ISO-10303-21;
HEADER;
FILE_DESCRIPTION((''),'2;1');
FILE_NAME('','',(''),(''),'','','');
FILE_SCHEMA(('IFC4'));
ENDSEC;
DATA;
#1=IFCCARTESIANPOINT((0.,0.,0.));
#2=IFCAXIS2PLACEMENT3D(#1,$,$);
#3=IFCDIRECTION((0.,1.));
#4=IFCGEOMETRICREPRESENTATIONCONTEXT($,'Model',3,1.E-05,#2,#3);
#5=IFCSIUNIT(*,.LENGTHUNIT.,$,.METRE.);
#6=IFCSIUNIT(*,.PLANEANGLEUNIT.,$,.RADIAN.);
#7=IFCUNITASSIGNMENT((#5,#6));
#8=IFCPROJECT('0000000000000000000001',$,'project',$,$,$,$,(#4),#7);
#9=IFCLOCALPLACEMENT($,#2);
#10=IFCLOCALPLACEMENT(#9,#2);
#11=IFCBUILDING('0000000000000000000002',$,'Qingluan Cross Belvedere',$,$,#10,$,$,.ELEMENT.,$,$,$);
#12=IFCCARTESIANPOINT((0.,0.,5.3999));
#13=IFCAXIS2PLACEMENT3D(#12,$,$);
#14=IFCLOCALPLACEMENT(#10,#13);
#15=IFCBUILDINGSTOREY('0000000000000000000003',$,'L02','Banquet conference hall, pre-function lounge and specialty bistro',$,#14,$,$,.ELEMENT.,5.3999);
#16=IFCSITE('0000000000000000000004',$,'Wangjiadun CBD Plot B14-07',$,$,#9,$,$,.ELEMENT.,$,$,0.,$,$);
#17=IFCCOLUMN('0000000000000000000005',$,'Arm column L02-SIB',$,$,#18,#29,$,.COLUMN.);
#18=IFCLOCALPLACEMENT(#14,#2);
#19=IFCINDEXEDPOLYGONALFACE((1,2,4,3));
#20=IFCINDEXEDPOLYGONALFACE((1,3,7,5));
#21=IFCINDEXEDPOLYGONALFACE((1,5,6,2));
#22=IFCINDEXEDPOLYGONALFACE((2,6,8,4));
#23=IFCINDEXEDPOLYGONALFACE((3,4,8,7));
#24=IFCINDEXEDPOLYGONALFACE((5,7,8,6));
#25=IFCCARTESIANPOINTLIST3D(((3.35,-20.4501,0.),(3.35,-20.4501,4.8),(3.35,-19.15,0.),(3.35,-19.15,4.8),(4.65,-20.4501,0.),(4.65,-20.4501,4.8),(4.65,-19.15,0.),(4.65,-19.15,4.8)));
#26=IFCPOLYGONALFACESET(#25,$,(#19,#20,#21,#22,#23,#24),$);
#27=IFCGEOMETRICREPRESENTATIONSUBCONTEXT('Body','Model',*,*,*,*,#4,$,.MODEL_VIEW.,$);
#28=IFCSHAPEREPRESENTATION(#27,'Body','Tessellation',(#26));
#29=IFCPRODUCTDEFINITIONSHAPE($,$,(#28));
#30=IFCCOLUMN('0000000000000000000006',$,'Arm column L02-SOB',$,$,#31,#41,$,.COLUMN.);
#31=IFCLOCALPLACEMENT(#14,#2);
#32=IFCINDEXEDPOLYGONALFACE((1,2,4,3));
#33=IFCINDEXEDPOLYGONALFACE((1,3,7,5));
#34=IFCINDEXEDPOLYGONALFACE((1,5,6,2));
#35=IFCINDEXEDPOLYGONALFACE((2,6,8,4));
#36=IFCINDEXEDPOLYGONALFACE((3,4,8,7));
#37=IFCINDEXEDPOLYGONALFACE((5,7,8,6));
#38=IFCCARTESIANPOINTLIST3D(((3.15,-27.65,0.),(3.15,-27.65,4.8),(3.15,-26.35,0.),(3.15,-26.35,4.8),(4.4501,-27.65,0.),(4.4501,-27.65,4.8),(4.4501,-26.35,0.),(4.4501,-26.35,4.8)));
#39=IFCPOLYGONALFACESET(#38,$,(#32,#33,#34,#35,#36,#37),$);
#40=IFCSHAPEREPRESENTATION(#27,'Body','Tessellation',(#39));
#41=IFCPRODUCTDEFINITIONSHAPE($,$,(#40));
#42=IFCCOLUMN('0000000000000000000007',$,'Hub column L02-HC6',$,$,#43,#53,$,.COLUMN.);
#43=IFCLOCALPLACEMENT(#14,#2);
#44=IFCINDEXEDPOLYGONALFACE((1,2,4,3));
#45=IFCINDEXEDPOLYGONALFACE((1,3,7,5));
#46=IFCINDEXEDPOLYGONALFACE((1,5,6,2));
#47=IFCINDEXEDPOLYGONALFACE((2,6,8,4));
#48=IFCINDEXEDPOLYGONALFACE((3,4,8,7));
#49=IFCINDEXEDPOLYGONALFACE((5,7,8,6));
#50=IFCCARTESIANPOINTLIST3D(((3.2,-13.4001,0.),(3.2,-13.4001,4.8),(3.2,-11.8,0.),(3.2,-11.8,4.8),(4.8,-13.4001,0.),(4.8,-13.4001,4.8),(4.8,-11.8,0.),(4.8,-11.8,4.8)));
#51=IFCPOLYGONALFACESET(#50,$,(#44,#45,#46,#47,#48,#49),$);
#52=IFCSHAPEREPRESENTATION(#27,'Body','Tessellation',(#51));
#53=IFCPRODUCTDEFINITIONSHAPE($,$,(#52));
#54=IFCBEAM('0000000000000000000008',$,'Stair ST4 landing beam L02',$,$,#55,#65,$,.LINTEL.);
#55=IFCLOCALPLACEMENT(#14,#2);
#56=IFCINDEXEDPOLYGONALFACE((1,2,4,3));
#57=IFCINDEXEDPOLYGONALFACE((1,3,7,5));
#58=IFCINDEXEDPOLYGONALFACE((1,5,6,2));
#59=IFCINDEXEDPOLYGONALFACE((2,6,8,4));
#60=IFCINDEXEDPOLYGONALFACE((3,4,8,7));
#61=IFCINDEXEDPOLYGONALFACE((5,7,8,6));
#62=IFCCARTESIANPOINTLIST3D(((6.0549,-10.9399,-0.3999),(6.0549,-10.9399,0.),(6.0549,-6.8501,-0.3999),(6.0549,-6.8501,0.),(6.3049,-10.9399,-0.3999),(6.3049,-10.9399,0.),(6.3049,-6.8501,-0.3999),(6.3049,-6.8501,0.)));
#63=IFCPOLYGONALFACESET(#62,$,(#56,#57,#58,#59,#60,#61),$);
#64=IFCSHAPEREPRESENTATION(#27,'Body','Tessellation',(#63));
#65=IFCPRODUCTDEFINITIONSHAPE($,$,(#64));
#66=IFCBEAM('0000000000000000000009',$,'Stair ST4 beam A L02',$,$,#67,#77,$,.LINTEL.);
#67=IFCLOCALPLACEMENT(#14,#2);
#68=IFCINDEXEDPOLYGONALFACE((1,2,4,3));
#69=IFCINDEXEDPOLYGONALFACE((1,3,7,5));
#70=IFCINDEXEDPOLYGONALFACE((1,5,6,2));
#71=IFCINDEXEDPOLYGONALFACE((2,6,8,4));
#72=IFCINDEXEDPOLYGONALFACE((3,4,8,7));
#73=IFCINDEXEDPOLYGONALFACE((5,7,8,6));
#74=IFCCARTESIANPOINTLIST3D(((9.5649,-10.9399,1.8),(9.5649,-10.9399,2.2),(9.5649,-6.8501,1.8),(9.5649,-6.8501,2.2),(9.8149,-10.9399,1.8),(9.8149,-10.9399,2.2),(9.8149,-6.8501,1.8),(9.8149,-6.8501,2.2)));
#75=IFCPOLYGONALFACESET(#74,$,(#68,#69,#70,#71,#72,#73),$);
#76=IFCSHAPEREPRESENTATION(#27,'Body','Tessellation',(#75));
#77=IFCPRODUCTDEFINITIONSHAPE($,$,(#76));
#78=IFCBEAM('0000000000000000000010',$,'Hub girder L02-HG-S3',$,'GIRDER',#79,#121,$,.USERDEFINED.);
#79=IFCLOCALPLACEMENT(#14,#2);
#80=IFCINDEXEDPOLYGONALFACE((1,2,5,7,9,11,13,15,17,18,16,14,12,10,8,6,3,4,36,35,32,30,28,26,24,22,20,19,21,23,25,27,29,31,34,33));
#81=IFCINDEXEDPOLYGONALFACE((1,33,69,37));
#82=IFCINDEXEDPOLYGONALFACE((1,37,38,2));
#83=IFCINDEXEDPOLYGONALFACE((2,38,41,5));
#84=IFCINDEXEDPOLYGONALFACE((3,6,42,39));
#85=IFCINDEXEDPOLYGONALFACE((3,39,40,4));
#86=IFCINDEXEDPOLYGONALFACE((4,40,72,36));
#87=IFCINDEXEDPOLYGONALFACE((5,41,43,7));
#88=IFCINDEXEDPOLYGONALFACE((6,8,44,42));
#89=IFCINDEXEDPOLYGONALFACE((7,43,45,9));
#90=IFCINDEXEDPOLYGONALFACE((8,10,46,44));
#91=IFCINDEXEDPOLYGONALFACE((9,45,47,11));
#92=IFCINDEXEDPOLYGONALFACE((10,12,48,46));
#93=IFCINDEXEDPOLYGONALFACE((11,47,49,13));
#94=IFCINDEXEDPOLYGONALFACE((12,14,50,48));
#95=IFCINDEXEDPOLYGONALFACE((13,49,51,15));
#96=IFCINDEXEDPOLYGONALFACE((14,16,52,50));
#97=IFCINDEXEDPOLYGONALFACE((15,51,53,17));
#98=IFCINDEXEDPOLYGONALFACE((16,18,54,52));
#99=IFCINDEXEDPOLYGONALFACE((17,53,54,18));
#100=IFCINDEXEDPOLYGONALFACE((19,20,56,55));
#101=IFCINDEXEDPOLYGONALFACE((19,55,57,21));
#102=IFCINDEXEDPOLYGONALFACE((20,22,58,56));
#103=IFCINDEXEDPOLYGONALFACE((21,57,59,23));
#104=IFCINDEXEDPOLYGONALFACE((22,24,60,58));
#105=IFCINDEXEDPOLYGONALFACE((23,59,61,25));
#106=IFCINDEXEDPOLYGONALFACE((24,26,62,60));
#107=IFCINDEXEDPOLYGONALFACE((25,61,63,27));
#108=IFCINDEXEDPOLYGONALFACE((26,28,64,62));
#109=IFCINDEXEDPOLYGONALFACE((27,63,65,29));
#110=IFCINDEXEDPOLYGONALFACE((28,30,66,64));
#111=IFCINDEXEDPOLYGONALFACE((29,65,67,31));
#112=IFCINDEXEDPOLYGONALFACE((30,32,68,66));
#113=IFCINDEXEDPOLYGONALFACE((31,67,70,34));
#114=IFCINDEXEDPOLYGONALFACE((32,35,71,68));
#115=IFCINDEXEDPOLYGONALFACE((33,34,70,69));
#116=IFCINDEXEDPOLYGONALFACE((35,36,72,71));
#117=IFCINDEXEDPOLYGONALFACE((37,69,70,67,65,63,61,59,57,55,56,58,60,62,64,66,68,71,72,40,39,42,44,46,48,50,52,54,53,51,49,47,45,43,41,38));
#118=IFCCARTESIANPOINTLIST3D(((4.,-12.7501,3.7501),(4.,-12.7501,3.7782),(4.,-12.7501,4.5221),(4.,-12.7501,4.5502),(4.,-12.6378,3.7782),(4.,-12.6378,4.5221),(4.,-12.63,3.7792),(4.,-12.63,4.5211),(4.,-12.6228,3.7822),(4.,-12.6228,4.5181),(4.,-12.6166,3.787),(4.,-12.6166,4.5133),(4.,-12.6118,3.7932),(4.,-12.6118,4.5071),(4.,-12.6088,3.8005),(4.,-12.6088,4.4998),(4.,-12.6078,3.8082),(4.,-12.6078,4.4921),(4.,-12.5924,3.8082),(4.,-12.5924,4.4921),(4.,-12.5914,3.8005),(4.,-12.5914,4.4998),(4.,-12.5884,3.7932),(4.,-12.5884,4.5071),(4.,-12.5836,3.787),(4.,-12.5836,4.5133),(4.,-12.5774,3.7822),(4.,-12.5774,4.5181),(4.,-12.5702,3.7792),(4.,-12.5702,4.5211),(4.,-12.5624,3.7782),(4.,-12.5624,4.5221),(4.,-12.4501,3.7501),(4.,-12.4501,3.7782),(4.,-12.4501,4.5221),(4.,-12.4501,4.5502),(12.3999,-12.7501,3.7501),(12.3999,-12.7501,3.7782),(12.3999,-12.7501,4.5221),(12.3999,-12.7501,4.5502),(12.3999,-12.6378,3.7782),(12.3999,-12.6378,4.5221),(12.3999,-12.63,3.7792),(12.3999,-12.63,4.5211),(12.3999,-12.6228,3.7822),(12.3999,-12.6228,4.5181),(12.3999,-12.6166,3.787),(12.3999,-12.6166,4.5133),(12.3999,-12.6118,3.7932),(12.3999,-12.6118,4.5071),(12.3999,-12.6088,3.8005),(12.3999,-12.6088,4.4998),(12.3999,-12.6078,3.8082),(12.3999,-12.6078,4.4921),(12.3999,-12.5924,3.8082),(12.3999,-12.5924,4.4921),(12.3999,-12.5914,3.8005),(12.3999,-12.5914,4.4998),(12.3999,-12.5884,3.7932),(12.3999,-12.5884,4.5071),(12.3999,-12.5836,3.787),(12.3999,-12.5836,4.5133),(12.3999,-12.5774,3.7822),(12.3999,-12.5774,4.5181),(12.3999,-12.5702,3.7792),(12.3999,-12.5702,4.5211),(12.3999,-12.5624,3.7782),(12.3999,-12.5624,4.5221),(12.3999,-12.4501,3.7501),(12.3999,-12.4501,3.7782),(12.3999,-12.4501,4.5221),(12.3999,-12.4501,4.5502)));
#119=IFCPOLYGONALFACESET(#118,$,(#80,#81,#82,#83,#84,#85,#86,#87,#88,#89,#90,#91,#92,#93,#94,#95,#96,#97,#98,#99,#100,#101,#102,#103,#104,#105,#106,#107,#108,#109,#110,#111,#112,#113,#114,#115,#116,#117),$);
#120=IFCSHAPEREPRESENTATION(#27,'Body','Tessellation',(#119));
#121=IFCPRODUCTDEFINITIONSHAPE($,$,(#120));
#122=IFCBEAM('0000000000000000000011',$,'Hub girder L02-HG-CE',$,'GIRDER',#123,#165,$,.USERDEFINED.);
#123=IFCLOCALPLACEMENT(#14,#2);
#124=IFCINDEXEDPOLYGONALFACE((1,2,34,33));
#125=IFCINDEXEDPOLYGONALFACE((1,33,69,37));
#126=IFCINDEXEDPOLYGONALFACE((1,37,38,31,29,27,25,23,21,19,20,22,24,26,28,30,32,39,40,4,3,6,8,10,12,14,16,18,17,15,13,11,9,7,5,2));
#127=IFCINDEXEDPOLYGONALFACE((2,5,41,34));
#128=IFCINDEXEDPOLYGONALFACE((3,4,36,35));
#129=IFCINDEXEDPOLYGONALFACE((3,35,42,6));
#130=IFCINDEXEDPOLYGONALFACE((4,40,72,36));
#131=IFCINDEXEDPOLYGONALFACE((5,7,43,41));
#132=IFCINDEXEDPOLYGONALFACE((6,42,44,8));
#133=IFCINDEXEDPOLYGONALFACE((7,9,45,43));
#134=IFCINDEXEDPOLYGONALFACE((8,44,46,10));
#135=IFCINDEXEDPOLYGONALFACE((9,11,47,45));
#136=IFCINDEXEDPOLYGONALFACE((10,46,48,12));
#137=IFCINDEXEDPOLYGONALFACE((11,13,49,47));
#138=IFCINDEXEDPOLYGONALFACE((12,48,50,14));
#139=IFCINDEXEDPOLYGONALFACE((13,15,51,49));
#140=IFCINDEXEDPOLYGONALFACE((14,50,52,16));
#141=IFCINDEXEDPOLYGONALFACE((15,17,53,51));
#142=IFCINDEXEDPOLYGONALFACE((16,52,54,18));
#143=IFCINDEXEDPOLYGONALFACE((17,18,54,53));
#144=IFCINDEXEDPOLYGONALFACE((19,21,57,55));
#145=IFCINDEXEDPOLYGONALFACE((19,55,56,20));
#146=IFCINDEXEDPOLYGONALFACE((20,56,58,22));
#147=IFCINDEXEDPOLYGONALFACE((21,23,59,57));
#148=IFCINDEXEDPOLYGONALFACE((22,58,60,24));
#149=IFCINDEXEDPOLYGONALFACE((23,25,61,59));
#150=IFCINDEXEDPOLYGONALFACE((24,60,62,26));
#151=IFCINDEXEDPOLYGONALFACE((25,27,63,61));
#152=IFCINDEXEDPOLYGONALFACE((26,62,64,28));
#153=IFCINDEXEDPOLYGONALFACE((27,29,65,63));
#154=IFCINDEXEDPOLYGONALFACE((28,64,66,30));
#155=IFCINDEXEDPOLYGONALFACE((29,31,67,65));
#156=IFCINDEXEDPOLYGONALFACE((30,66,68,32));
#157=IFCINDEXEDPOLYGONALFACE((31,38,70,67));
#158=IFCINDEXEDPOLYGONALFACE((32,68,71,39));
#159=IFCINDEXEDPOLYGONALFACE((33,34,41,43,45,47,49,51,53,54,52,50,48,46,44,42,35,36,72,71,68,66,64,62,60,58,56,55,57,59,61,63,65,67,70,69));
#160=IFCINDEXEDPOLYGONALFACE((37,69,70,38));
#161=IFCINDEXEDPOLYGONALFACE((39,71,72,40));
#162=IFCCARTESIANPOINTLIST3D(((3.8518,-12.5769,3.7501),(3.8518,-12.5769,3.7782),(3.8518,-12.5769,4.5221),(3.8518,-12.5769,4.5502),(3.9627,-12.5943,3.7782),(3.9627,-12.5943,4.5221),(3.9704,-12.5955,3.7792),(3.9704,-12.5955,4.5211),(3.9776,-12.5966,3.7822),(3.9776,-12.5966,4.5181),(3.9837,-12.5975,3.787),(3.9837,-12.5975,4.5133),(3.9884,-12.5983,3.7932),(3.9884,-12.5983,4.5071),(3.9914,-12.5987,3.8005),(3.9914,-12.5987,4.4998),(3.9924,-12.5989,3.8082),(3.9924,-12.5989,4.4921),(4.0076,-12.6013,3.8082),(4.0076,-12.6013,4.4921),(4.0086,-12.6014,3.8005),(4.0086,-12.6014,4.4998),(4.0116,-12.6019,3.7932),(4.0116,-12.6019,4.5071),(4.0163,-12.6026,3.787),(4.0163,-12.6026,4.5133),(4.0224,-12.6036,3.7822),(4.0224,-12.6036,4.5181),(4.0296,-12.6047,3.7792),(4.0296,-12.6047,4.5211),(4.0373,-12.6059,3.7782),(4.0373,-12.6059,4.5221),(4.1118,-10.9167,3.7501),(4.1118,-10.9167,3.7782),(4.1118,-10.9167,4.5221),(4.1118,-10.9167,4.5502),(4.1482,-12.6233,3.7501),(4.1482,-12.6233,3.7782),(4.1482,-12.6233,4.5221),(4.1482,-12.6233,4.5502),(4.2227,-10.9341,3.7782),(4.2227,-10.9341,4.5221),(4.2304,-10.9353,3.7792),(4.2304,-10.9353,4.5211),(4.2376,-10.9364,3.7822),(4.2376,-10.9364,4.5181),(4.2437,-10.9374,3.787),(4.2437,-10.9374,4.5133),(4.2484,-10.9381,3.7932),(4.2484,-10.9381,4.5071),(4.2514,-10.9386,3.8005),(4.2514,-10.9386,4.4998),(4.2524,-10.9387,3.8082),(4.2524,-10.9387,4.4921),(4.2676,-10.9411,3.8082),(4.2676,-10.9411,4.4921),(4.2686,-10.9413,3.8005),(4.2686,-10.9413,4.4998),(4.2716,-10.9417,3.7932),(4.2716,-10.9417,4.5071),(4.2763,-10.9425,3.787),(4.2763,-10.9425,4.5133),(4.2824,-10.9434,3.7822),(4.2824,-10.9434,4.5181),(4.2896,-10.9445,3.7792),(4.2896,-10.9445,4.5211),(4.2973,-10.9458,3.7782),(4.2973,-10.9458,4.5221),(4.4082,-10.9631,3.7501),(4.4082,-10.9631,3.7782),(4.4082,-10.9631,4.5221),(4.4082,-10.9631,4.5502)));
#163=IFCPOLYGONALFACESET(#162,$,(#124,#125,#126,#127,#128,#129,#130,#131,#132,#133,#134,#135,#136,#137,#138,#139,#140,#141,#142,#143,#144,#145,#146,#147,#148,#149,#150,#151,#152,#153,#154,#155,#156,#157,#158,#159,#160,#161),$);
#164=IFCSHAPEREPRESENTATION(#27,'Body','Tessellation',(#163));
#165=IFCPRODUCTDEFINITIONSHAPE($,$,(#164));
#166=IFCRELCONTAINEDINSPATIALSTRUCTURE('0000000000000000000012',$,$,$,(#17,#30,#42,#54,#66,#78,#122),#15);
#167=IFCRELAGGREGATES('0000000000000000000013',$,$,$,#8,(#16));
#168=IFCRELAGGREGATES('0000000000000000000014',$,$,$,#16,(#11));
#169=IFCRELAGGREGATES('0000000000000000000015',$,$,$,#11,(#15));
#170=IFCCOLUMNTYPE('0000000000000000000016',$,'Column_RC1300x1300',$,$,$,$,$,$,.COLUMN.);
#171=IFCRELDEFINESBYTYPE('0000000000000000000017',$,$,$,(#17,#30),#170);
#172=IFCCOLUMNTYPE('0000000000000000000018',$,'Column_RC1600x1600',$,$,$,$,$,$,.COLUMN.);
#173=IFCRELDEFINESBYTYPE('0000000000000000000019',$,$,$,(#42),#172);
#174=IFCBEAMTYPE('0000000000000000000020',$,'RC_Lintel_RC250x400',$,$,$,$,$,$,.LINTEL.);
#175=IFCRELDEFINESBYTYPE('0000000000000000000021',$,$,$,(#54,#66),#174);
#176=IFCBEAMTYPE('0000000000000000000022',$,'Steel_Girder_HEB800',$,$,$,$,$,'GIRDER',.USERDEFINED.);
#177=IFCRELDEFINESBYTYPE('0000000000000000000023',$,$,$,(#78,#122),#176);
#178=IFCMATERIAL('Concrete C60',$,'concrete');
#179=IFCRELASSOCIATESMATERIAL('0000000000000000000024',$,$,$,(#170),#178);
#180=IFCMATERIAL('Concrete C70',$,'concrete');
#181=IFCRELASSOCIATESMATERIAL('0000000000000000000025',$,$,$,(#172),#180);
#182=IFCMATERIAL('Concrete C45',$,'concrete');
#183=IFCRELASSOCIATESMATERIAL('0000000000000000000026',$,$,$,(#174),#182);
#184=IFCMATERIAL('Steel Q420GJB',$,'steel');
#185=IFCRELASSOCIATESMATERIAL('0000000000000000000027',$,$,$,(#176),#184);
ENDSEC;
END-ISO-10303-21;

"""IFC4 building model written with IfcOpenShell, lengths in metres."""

from ifc_helpers import new_model, si_unit, direction, frame, origin, origin_2d, place, context, subcontext, project, spatial, rectangle, i_section, extrude, material, material_profile, profile_set, type_object, element, save


model = new_model("IFC4")

# Units and contexts
model_context = context("Model", 3, precision=1e-05, world=origin(), true_north=direction((0.0, 1.0)))
body_context = subcontext(model_context, "Body", "Model", "MODEL_VIEW")
ifc_project = project(units=[si_unit("LENGTHUNIT", "METRE"), si_unit("PLANEANGLEUNIT", "RADIAN")], contexts=[model_context])

# Site, building, storey
site_placement = place(None, origin())
site = spatial("IfcSite", under=ifc_project, at=site_placement, Name="Wangjiadun CBD Plot B14-07", CompositionType="ELEMENT", RefElevation=0.0)
building_placement = place(site_placement, origin())
building = spatial("IfcBuilding", under=site, at=building_placement, Name="Qingluan Cross Belvedere", CompositionType="ELEMENT")
storey_placement = place(building_placement, frame((0.0, 0.0, 5.3999)))
storey = spatial("IfcBuildingStorey", under=building, at=storey_placement, Name="L02", Description="Banquet conference hall, pre-function lounge and specialty bistro", CompositionType="ELEMENT", Elevation=5.3999)

# Columns
ifc_material_1 = material(Name="Concrete C60", Category="concrete")
ifc_material_profile_1 = material_profile(ifc_material_1, rectangle(XDim=1.3, YDim=1.3, at=origin_2d()), Name="RC1300x1300")
ifc_profile_set_1 = profile_set([ifc_material_profile_1], Name="Concrete C60")
column_type_1 = type_object("IfcColumnType", Name="Column_RC1300x1300", PredefinedType="COLUMN", material=ifc_profile_set_1)
for number, where, z_axis, x_axis, name in (
    (1, (4.0, -19.8, 0.0), (0.0, 0.0, 1.0), (1.0, 0.0, 0.0), "Arm column L02-SIB"),
    (2, (3.8, -27.0, 0.0), (0.0, 0.0, 1.0), (1.0, 0.0, 0.0), "Arm column L02-SOB"),
):
    element("IfcColumn", number, at=place(storey_placement, frame(where, z_axis=z_axis, x_axis=x_axis)), inside=storey, type_object=column_type_1, Name=name, PredefinedType="COLUMN", context=body_context, shape_type="SweptSolid", body=[
        extrude(rectangle(XDim=1.3, YDim=1.3, at=origin_2d()), origin(), (0.0, 0.0, 1.0), 4.8),
    ])
ifc_material_2 = material(Name="Concrete C70", Category="concrete")
ifc_material_profile_2 = material_profile(ifc_material_2, rectangle(XDim=1.6001, YDim=1.6001, at=origin_2d()), Name="RC1600x1600")
ifc_profile_set_2 = profile_set([ifc_material_profile_2], Name="Concrete C70")
column_type_2 = type_object("IfcColumnType", Name="Column_RC1600x1600", PredefinedType="COLUMN", material=ifc_profile_set_2)
column_placement = place(storey_placement, frame((4.0, -12.6001, 0.0), z_axis=(0.0, 0.0, 1.0), x_axis=(1.0, 0.0, 0.0)))
element("IfcColumn", 3, at=column_placement, inside=storey, type_object=column_type_2, Name="Hub column L02-HC6", PredefinedType="COLUMN", context=body_context, shape_type="SweptSolid", body=[
    extrude(rectangle(XDim=1.6001, YDim=1.6001, at=origin_2d()), origin(), (0.0, 0.0, 1.0), 4.8),
])

# Beams
ifc_material_3 = material(Name="Concrete C45", Category="concrete")
ifc_material_profile_3 = material_profile(ifc_material_3, rectangle(XDim=0.25, YDim=0.3999, at=origin_2d()), Name="RC250x400")
ifc_profile_set_3 = profile_set([ifc_material_profile_3], Name="Concrete C45")
beam_type_1 = type_object("IfcBeamType", Name="RC_Lintel_RC250x400", PredefinedType="LINTEL", material=ifc_profile_set_3)
for number, where, z_axis, x_axis, name in (
    (4, (6.1799, -10.9399, -0.2), (0.0, 1.0, 0.0), (-1.0, 0.0, 0.0), "Stair ST4 landing beam L02"),
    (5, (9.6899, -10.9399, 2.0), (0.0, 1.0, 0.0), (-1.0, 0.0, 0.0), "Stair ST4 beam A L02"),
):
    element("IfcBeam", number, at=place(storey_placement, frame(where, z_axis=z_axis, x_axis=x_axis)), inside=storey, type_object=beam_type_1, Name=name, PredefinedType="LINTEL", context=body_context, shape_type="SweptSolid", body=[
        extrude(rectangle(XDim=0.25, YDim=0.3999, at=origin_2d()), origin(), (0.0, 0.0, 1.0), 4.0898),
    ])
ifc_material_4 = material(Name="Steel Q420GJB", Category="steel")
ifc_material_profile_4 = material_profile(ifc_material_4, i_section(OverallWidth=0.3, OverallDepth=0.8, WebThickness=0.0154, FlangeThickness=0.0281, FilletRadius=0.03, at=origin_2d()), Name="HEB800")
ifc_profile_set_4 = profile_set([ifc_material_profile_4], Name="Steel Q420GJB")
beam_type_2 = type_object("IfcBeamType", Name="Steel_Girder_HEB800", ElementType="GIRDER", PredefinedType="USERDEFINED", material=ifc_profile_set_4)
beam_1_placement = place(storey_placement, frame((4.0, -12.6001, 4.1501), z_axis=(1.0, 0.0, 0.0), x_axis=(0.0, 1.0, 0.0)))
element("IfcBeam", 6, at=beam_1_placement, inside=storey, type_object=beam_type_2, Name="Hub girder L02-HG-S3", ObjectType="GIRDER", PredefinedType="USERDEFINED", context=body_context, shape_type="SweptSolid", body=[
    extrude(i_section(OverallWidth=0.3, OverallDepth=0.8, WebThickness=0.0154, FlangeThickness=0.0281, FilletRadius=0.03, at=origin_2d()), origin(), (0.0, 0.0, 1.0), 8.3999),
])
beam_2_placement = place(storey_placement, frame((4.0, -12.6001, 4.1501), z_axis=(0.154731, 0.987957, 0.0), x_axis=(-0.987957, 0.154731, 0.0)))
element("IfcBeam", 7, at=beam_2_placement, inside=storey, type_object=beam_type_2, Name="Hub girder L02-HG-CE", ObjectType="GIRDER", PredefinedType="USERDEFINED", context=body_context, shape_type="SweptSolid", body=[
    extrude(i_section(OverallWidth=0.3, OverallDepth=0.8, WebThickness=0.0154, FlangeThickness=0.0281, FilletRadius=0.03, at=origin_2d()), origin(), (0.0, 0.0, 1.0), 1.6804),
])

save(model, "model.ifc")
